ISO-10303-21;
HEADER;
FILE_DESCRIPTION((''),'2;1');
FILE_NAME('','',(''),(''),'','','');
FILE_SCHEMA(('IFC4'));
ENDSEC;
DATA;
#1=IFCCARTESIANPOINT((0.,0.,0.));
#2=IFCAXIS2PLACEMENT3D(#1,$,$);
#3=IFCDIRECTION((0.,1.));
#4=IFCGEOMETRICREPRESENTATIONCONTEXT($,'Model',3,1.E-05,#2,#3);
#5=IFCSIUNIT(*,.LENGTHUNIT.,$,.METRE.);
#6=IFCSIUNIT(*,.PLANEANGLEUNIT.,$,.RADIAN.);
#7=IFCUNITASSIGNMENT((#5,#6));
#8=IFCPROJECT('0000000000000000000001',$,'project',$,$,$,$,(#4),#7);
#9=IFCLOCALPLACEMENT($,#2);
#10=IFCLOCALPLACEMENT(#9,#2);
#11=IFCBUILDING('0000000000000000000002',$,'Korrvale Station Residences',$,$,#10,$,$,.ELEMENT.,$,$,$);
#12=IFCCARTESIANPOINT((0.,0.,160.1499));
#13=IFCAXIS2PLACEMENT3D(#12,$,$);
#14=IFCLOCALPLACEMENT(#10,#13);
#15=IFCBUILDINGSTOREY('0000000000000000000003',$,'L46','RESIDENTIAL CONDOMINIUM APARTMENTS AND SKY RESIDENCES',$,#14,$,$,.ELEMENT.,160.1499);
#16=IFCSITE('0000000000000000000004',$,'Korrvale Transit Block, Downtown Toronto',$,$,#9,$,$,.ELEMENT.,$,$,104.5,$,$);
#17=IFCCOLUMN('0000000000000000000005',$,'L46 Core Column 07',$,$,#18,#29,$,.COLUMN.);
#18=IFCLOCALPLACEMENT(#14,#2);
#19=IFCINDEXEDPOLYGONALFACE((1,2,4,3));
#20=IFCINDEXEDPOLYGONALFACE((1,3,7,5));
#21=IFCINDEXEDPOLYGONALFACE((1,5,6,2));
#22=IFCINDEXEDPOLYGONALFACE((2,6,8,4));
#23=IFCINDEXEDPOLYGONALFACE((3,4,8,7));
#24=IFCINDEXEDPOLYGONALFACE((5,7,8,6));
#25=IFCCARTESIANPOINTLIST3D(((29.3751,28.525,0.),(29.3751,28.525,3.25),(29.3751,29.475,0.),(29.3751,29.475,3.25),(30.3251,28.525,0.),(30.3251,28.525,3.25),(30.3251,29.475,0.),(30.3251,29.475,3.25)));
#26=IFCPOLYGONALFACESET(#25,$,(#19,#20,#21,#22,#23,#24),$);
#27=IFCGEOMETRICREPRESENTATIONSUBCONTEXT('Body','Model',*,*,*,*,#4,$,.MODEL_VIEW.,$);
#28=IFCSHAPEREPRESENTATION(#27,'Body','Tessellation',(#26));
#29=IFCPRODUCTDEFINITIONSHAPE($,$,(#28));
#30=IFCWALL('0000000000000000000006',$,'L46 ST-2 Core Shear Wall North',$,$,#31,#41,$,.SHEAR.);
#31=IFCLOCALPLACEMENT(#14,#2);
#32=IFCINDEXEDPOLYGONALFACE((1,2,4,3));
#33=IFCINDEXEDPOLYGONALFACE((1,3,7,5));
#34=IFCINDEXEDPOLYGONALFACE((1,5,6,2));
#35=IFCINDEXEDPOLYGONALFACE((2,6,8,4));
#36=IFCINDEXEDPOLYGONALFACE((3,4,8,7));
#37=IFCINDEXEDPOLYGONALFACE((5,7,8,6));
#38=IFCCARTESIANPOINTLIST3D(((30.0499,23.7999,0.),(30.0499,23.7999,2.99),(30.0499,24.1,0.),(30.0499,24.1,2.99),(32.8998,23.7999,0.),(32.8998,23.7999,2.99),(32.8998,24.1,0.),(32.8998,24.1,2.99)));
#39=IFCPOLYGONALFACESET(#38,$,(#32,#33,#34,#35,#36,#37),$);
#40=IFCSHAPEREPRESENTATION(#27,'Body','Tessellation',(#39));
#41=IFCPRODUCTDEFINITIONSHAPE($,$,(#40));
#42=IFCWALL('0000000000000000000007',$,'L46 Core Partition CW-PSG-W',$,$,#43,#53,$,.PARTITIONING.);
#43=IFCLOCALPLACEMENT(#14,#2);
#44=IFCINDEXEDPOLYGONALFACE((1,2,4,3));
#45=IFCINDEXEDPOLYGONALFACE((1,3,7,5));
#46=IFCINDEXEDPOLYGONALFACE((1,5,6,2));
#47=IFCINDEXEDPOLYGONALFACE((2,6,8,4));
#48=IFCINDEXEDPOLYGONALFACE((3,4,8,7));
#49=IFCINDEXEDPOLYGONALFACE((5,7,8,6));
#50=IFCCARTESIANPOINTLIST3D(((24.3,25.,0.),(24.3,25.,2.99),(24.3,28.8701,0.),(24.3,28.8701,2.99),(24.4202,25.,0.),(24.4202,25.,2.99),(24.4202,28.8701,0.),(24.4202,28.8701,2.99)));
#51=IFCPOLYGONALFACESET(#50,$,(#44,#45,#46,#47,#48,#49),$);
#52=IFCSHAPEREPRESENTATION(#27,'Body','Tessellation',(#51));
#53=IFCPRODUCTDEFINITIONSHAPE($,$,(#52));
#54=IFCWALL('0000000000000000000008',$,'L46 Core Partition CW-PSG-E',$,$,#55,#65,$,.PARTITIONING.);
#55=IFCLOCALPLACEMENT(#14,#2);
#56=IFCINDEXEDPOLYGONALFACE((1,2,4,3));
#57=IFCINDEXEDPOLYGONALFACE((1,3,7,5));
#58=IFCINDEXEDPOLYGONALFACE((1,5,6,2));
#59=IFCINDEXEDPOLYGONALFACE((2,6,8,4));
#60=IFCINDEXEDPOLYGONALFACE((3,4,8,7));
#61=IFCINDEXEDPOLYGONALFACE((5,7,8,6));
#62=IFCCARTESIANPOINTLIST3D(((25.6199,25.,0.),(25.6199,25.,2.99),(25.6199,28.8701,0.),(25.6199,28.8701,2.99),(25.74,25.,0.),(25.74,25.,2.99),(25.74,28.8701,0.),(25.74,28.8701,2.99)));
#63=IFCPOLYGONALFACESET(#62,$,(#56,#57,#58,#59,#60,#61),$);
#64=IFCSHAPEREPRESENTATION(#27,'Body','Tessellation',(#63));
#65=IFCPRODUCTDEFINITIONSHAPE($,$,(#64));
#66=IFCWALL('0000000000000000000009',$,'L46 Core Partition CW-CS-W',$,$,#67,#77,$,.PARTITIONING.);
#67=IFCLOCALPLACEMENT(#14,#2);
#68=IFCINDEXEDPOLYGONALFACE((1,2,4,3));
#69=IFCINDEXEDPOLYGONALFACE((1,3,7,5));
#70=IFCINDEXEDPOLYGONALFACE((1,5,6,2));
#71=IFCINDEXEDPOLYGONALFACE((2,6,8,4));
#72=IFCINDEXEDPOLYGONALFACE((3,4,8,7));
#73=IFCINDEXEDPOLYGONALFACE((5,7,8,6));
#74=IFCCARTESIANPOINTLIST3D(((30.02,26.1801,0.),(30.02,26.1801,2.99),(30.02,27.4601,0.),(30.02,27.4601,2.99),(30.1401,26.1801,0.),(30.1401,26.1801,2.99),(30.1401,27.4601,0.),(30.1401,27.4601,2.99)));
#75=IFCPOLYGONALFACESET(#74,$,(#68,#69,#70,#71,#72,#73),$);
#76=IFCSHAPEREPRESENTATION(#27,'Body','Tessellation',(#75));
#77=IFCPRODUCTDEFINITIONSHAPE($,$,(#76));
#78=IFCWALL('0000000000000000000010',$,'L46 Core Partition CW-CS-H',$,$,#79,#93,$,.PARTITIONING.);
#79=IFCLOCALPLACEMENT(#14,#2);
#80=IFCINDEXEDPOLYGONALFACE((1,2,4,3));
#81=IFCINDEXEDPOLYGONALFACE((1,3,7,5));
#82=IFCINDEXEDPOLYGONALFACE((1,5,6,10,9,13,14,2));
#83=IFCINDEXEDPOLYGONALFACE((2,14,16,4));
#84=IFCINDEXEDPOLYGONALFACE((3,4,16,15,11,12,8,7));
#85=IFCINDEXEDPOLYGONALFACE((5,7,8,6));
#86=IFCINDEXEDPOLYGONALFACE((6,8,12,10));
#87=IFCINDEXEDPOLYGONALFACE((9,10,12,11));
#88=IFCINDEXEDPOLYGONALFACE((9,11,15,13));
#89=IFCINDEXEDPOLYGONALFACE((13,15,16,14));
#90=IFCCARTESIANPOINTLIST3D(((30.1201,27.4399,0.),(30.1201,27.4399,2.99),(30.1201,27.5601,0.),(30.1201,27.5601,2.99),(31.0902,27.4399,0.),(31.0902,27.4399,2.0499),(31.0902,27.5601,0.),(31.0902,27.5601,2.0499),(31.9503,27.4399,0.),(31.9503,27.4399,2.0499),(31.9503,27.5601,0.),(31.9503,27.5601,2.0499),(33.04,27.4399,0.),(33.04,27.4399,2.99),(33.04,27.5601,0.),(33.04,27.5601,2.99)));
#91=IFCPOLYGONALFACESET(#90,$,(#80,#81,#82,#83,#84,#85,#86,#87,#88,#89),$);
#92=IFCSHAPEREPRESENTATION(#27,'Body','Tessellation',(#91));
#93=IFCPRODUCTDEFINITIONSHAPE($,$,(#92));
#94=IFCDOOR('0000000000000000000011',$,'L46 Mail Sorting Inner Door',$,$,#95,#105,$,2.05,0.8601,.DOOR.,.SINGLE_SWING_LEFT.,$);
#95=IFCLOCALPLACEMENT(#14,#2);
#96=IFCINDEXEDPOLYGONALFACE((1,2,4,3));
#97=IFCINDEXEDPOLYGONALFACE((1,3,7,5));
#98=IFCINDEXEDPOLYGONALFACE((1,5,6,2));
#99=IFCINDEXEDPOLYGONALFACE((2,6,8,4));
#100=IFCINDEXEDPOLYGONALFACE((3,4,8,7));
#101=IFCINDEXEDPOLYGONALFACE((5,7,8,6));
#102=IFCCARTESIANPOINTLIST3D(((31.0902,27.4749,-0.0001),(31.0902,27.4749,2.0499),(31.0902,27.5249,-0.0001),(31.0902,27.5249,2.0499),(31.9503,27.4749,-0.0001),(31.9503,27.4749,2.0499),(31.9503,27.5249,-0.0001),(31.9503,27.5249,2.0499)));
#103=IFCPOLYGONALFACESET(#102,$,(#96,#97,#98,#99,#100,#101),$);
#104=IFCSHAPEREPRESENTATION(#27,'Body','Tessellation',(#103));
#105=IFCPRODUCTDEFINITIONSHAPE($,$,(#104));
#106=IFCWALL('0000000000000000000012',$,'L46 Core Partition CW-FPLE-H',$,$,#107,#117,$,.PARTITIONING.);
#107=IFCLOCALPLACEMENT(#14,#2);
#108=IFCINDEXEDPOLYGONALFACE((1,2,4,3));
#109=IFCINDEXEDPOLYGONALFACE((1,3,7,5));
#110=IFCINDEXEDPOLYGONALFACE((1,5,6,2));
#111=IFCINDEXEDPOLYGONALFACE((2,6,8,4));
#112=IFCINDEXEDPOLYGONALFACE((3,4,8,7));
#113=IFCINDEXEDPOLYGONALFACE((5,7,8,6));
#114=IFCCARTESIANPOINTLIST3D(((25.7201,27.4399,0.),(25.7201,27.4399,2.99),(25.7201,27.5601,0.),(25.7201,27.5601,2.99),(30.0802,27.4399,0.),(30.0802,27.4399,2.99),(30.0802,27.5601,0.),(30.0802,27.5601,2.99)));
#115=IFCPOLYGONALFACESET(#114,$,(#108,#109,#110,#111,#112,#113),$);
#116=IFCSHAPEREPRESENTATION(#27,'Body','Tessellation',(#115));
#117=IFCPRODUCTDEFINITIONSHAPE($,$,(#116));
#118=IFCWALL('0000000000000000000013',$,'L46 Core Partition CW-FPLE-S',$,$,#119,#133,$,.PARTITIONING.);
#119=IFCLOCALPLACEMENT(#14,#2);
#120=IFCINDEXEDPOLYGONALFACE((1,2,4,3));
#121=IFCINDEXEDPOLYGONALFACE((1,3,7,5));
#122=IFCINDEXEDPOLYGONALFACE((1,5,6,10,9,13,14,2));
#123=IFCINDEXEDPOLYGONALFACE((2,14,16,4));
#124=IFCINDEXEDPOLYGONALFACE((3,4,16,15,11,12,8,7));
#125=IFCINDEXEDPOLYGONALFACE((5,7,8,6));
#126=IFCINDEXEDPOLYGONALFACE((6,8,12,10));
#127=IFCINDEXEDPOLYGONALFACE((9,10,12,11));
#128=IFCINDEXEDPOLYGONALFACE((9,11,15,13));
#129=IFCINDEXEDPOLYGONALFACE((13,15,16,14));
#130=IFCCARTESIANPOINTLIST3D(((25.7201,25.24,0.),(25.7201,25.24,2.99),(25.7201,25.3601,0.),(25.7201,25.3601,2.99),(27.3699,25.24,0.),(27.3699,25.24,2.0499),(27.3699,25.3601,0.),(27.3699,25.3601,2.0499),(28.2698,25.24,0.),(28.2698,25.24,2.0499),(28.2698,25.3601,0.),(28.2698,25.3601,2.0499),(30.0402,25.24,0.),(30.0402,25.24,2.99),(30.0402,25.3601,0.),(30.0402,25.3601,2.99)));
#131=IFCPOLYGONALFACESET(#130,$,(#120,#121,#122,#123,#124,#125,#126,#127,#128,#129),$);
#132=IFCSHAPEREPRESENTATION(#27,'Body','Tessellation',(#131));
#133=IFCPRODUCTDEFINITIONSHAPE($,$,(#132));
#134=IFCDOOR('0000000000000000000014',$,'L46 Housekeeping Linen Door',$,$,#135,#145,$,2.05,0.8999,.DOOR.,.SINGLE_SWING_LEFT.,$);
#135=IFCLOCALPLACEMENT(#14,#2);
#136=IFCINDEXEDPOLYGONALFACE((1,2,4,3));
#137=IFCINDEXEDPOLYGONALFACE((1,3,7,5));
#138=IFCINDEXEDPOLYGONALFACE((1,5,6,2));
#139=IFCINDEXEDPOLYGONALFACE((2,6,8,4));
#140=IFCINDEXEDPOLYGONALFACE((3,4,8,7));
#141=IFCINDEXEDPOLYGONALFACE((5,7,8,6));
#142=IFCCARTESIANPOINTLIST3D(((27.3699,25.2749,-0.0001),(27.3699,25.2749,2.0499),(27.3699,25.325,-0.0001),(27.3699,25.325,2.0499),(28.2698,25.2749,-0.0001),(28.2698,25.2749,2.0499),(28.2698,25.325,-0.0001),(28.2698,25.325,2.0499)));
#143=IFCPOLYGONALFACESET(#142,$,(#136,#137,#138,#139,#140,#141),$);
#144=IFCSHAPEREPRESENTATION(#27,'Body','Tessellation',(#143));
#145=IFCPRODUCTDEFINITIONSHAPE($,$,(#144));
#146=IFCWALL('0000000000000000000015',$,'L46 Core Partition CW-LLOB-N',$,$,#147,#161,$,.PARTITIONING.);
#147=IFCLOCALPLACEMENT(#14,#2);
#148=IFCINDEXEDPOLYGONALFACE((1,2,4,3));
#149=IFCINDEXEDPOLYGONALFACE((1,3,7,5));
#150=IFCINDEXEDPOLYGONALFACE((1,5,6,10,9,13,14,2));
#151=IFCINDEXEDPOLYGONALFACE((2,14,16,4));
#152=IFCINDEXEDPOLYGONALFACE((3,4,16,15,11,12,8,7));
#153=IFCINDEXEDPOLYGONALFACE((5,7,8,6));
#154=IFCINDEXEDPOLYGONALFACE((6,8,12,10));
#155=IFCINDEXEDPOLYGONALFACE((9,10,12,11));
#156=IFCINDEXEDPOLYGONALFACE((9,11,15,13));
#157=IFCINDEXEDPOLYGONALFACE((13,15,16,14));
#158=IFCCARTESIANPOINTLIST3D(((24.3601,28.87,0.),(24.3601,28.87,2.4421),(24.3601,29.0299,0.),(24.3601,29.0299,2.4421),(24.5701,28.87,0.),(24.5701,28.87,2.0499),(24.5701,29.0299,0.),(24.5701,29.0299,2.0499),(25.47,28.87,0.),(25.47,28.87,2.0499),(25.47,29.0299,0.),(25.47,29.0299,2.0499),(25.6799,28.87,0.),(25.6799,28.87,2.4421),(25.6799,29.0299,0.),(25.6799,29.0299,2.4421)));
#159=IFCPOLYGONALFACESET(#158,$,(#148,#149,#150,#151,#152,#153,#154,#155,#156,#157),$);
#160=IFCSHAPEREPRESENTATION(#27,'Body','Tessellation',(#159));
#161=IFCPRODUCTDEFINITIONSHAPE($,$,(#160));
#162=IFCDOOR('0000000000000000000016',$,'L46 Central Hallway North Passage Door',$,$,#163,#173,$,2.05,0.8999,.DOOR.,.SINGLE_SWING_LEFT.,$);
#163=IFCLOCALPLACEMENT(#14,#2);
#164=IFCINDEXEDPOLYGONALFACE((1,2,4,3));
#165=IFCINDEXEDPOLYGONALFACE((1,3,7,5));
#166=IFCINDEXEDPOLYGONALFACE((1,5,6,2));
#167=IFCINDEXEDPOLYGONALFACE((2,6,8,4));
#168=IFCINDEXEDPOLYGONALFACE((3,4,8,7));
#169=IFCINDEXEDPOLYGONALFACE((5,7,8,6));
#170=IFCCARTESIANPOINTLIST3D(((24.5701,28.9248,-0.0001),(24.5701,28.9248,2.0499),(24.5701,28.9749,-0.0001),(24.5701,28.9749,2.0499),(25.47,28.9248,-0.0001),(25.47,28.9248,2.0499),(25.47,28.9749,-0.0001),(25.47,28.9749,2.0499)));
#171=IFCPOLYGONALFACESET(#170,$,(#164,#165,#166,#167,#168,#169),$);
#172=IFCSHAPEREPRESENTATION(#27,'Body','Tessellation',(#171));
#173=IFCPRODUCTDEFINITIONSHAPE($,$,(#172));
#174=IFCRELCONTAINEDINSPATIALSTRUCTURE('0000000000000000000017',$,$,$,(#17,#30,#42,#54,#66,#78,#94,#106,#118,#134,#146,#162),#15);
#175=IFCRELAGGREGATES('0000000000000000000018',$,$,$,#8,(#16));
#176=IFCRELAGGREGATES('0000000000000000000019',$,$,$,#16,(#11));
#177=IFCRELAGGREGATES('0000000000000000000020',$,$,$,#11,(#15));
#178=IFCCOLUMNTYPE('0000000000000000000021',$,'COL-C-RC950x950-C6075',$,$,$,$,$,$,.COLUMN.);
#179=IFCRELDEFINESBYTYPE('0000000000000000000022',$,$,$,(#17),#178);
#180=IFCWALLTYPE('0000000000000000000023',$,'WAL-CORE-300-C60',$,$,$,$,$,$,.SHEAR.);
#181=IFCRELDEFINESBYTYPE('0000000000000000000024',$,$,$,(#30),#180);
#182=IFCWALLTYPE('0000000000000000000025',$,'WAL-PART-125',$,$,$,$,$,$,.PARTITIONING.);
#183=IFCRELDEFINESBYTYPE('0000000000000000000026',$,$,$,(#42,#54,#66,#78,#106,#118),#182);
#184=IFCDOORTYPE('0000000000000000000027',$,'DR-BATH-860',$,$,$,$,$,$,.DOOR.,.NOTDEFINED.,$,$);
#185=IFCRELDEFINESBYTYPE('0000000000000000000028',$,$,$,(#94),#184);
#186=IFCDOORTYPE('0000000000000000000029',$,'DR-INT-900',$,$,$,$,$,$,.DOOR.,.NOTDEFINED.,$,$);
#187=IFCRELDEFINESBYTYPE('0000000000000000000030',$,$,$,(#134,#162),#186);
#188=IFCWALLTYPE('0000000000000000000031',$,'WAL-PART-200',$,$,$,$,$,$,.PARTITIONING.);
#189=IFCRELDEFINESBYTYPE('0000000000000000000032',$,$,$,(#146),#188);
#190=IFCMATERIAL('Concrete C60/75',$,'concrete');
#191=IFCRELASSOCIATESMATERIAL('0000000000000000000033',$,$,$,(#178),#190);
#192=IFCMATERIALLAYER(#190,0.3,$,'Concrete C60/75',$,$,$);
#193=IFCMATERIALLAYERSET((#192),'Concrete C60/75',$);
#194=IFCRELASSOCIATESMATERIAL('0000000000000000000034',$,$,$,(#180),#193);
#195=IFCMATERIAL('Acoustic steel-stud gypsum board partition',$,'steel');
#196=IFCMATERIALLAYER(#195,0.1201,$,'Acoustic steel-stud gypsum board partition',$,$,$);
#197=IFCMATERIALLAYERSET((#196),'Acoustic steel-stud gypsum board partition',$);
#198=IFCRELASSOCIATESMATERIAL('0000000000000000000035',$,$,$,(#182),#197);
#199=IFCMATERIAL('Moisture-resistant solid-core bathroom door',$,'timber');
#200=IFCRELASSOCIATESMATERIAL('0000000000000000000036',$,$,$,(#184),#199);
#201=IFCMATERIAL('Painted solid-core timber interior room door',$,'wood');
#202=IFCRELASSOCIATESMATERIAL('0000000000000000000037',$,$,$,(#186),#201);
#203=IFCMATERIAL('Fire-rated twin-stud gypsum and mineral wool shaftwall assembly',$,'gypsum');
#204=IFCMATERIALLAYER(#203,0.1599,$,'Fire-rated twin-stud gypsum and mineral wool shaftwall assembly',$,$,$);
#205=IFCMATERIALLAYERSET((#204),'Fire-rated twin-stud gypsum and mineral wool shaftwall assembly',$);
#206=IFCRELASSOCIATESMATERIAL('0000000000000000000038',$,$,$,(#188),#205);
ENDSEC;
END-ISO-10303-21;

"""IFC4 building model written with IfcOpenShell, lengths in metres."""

from ifc_helpers import new_model, si_unit, direction, frame, frame_2d, origin, origin_2d, place, context, subcontext, project, spatial, rectangle, extrude, material, layer, layer_set, material_profile, profile_set, type_object, element, fill, save


model = new_model("IFC4")

# Units and contexts
model_context = context("Model", 3, precision=1e-05, world=origin(), true_north=direction((0.0, 1.0)))
body_context = subcontext(model_context, "Body", "Model", "MODEL_VIEW")
ifc_project = project(units=[si_unit("LENGTHUNIT", "METRE"), si_unit("PLANEANGLEUNIT", "RADIAN")], contexts=[model_context])

# Site, building, storey
site_placement = place(None, origin())
site = spatial("IfcSite", under=ifc_project, at=site_placement, Name="Korrvale Transit Block, Downtown Toronto", CompositionType="ELEMENT", RefElevation=104.5)
building_placement = place(site_placement, origin())
building = spatial("IfcBuilding", under=site, at=building_placement, Name="Korrvale Station Residences", CompositionType="ELEMENT")
storey_placement = place(building_placement, frame((0.0, 0.0, 160.1499)))
storey = spatial("IfcBuildingStorey", under=building, at=storey_placement, Name="L46", Description="RESIDENTIAL CONDOMINIUM APARTMENTS AND SKY RESIDENCES", CompositionType="ELEMENT", Elevation=160.1499)

# Column
ifc_material_1 = material(Name="Concrete C60/75", Category="concrete")
ifc_material_profile = material_profile(ifc_material_1, rectangle(XDim=0.95, YDim=0.95, at=origin_2d()), Name="RC950x950")
ifc_profile_set = profile_set([ifc_material_profile], Name="Concrete C60/75")
column_type = type_object("IfcColumnType", Name="COL-C-RC950x950-C6075", PredefinedType="COLUMN", material=ifc_profile_set)
column_placement = place(storey_placement, frame((29.8501, 29.0, 0.0), z_axis=(0.0, 0.0, 1.0), x_axis=(1.0, 0.0, 0.0)))
element("IfcColumn", 1, at=column_placement, inside=storey, type_object=column_type, Name="L46 Core Column 07", PredefinedType="COLUMN", context=body_context, shape_type="SweptSolid", body=[
    extrude(rectangle(XDim=0.95, YDim=0.95, at=origin_2d()), origin(), (0.0, 0.0, 1.0), 3.25),
])

# Walls
ifc_layer_1 = layer(ifc_material_1, 0.3, Name="Concrete C60/75")
ifc_layer_set_1 = layer_set([ifc_layer_1], Name="Concrete C60/75")
wall_type_1 = type_object("IfcWallType", Name="WAL-CORE-300-C60", PredefinedType="SHEAR", material=ifc_layer_set_1)
wall_1_placement = place(storey_placement, frame((30.05, 23.95, 0.0), z_axis=(0.0, 0.0, 1.0), x_axis=(1.0, 0.0, 0.0)))
element("IfcWall", 2, at=wall_1_placement, inside=storey, type_object=wall_type_1, Name="L46 ST-2 Core Shear Wall North", PredefinedType="SHEAR", context=body_context, shape_type="SweptSolid", body=[
    extrude(rectangle(XDim=2.8499, YDim=0.3, at=frame_2d((1.4248, 0.0))), origin(), (0.0, 0.0, 1.0), 2.99),
])
ifc_material_2 = material(Name="Acoustic steel-stud gypsum board partition", Category="steel")
ifc_layer_2 = layer(ifc_material_2, 0.1201, Name="Acoustic steel-stud gypsum board partition")
ifc_layer_set_2 = layer_set([ifc_layer_2], Name="Acoustic steel-stud gypsum board partition")
wall_type_2 = type_object("IfcWallType", Name="WAL-PART-125", PredefinedType="PARTITIONING", material=ifc_layer_set_2)
for number, where, z_axis, x_axis, name in (
    (3, (24.3601, 25.0, 0.0), (0.0, 0.0, 1.0), (0.0, 1.0, 0.0), "L46 Core Partition CW-PSG-W"),
    (4, (25.6799, 25.0, 0.0), (0.0, 0.0, 1.0), (0.0, 1.0, 0.0), "L46 Core Partition CW-PSG-E"),
):
    element("IfcWall", number, at=place(storey_placement, frame(where, z_axis=z_axis, x_axis=x_axis)), inside=storey, type_object=wall_type_2, Name=name, PredefinedType="PARTITIONING", context=body_context, shape_type="SweptSolid", body=[
        extrude(rectangle(XDim=3.8701, YDim=0.1201, at=frame_2d((1.9351, 0.0))), origin(), (0.0, 0.0, 1.0), 2.99),
    ])
wall_2_placement = place(storey_placement, frame((30.0801, 26.1799, 0.0), z_axis=(0.0, 0.0, 1.0), x_axis=(0.0, 1.0, 0.0)))
element("IfcWall", 5, at=wall_2_placement, inside=storey, type_object=wall_type_2, Name="L46 Core Partition CW-CS-W", PredefinedType="PARTITIONING", context=body_context, shape_type="SweptSolid", body=[
    extrude(rectangle(XDim=1.28, YDim=0.1201, at=frame_2d((0.6401, 0.0))), origin(), (0.0, 0.0, 1.0), 2.99),
])

# Wall, opening, door
wall_3_placement = place(storey_placement, frame((30.1201, 27.5, 0.0), z_axis=(0.0, 0.0, 1.0), x_axis=(1.0, 0.0, 0.0)))
wall_3 = element("IfcWall", 6, at=wall_3_placement, inside=storey, type_object=wall_type_2, Name="L46 Core Partition CW-CS-H", PredefinedType="PARTITIONING", context=body_context, shape_type="SweptSolid", body=[
    extrude(rectangle(XDim=2.9199, YDim=0.1201, at=frame_2d((1.46, 0.0))), origin(), (0.0, 0.0, 1.0), 2.99),
])
opening_1_placement = place(wall_3_placement, frame((0.97, 0.0, 0.0)))
opening_1 = element("IfcOpeningElement", 7, at=opening_1_placement, cuts=wall_3, PredefinedType="OPENING", context=body_context, shape_type="SweptSolid", body=[
    extrude(rectangle(XDim=0.8601, YDim=2.05, at=frame_2d((0.4302, 1.0249))), frame((0.0, 0.0701, 0.0), z_axis=(0.0, -1.0, 0.0), x_axis=(1.0, 0.0, 0.0)), (0.0, 0.0, 1.0), 0.1401),
])
ifc_material_3 = material(Name="Moisture-resistant solid-core bathroom door", Category="timber")
door_type_1 = type_object("IfcDoorType", Name="DR-BATH-860", OperationType="NOTDEFINED", PredefinedType="DOOR", material=ifc_material_3)
door_1_placement = place(opening_1_placement, origin())
door_1 = element("IfcDoor", 8, at=door_1_placement, inside=storey, type_object=door_type_1, Name="L46 Mail Sorting Inner Door", OperationType="SINGLE_SWING_LEFT", OverallHeight=2.05, OverallWidth=0.8601, PredefinedType="DOOR", context=body_context, shape_type="SweptSolid", body=[
    extrude(rectangle(XDim=0.8601, YDim=2.05, at=frame_2d((0.4302, 1.0249))), frame((0.0, 0.0249, 0.0), z_axis=(0.0, -1.0, 0.0), x_axis=(1.0, 0.0, 0.0)), (0.0, 0.0, 1.0), 0.05),
])
fill(opening_1, door_1)

# Wall
wall_4_placement = place(storey_placement, frame((25.72, 27.5, 0.0), z_axis=(0.0, 0.0, 1.0), x_axis=(1.0, 0.0, 0.0)))
element("IfcWall", 9, at=wall_4_placement, inside=storey, type_object=wall_type_2, Name="L46 Core Partition CW-FPLE-H", PredefinedType="PARTITIONING", context=body_context, shape_type="SweptSolid", body=[
    extrude(rectangle(XDim=4.3601, YDim=0.1201, at=frame_2d((2.1802, 0.0))), origin(), (0.0, 0.0, 1.0), 2.99),
])

# Walls, openings, doors
wall_5_placement = place(storey_placement, frame((25.72, 25.3, 0.0), z_axis=(0.0, 0.0, 1.0), x_axis=(1.0, 0.0, 0.0)))
wall_5 = element("IfcWall", 10, at=wall_5_placement, inside=storey, type_object=wall_type_2, Name="L46 Core Partition CW-FPLE-S", PredefinedType="PARTITIONING", context=body_context, shape_type="SweptSolid", body=[
    extrude(rectangle(XDim=4.3201, YDim=0.1201, at=frame_2d((2.1602, 0.0))), origin(), (0.0, 0.0, 1.0), 2.99),
])
opening_2_placement = place(wall_5_placement, frame((1.6499, 0.0, 0.0)))
opening_2 = element("IfcOpeningElement", 11, at=opening_2_placement, cuts=wall_5, PredefinedType="OPENING", context=body_context, shape_type="SweptSolid", body=[
    extrude(rectangle(XDim=0.8999, YDim=2.05, at=frame_2d((0.45, 1.0249))), frame((0.0, 0.0701, 0.0), z_axis=(0.0, -1.0, 0.0), x_axis=(1.0, 0.0, 0.0)), (0.0, 0.0, 1.0), 0.1401),
])
ifc_material_4 = material(Name="Painted solid-core timber interior room door", Category="wood")
door_type_2 = type_object("IfcDoorType", Name="DR-INT-900", OperationType="NOTDEFINED", PredefinedType="DOOR", material=ifc_material_4)
door_2_placement = place(opening_2_placement, origin())
door_2 = element("IfcDoor", 12, at=door_2_placement, inside=storey, type_object=door_type_2, Name="L46 Housekeeping Linen Door", OperationType="SINGLE_SWING_LEFT", OverallHeight=2.05, OverallWidth=0.8999, PredefinedType="DOOR", context=body_context, shape_type="SweptSolid", body=[
    extrude(rectangle(XDim=0.8999, YDim=2.05, at=frame_2d((0.45, 1.0249))), frame((0.0, 0.0249, 0.0), z_axis=(0.0, -1.0, 0.0), x_axis=(1.0, 0.0, 0.0)), (0.0, 0.0, 1.0), 0.05),
])
fill(opening_2, door_2)
ifc_material_5 = material(Name="Fire-rated twin-stud gypsum and mineral wool shaftwall assembly", Category="gypsum")
ifc_layer_3 = layer(ifc_material_5, 0.1599, Name="Fire-rated twin-stud gypsum and mineral wool shaftwall assembly")
ifc_layer_set_3 = layer_set([ifc_layer_3], Name="Fire-rated twin-stud gypsum and mineral wool shaftwall assembly")
wall_type_3 = type_object("IfcWallType", Name="WAL-PART-200", PredefinedType="PARTITIONING", material=ifc_layer_set_3)
wall_6_placement = place(storey_placement, frame((24.3601, 28.95, 0.0), z_axis=(0.0, 0.0, 1.0), x_axis=(1.0, 0.0, 0.0)))
wall_6 = element("IfcWall", 13, at=wall_6_placement, inside=storey, type_object=wall_type_3, Name="L46 Core Partition CW-LLOB-N", PredefinedType="PARTITIONING", context=body_context, shape_type="SweptSolid", body=[
    extrude(rectangle(XDim=1.3198, YDim=0.1599, at=frame_2d((0.6599, 0.0))), origin(), (0.0, 0.0, 1.0), 2.4421),
])
opening_3_placement = place(wall_6_placement, frame((0.21, 0.0, 0.0)))
opening_3 = element("IfcOpeningElement", 14, at=opening_3_placement, cuts=wall_6, PredefinedType="OPENING", context=body_context, shape_type="SweptSolid", body=[
    extrude(rectangle(XDim=0.8999, YDim=2.05, at=frame_2d((0.45, 1.0249))), frame((0.0, 0.0898, 0.0), z_axis=(0.0, -1.0, 0.0), x_axis=(1.0, 0.0, 0.0)), (0.0, 0.0, 1.0), 0.1799),
])
door_3_placement = place(opening_3_placement, origin())
door_3 = element("IfcDoor", 15, at=door_3_placement, inside=storey, type_object=door_type_2, Name="L46 Central Hallway North Passage Door", OperationType="SINGLE_SWING_LEFT", OverallHeight=2.05, OverallWidth=0.8999, PredefinedType="DOOR", context=body_context, shape_type="SweptSolid", body=[
    extrude(rectangle(XDim=0.8999, YDim=2.05, at=frame_2d((0.45, 1.0249))), frame((0.0, 0.0249, 0.0), z_axis=(0.0, -1.0, 0.0), x_axis=(1.0, 0.0, 0.0)), (0.0, 0.0, 1.0), 0.05),
])
fill(opening_3, door_3)

save(model, "model.ifc")
